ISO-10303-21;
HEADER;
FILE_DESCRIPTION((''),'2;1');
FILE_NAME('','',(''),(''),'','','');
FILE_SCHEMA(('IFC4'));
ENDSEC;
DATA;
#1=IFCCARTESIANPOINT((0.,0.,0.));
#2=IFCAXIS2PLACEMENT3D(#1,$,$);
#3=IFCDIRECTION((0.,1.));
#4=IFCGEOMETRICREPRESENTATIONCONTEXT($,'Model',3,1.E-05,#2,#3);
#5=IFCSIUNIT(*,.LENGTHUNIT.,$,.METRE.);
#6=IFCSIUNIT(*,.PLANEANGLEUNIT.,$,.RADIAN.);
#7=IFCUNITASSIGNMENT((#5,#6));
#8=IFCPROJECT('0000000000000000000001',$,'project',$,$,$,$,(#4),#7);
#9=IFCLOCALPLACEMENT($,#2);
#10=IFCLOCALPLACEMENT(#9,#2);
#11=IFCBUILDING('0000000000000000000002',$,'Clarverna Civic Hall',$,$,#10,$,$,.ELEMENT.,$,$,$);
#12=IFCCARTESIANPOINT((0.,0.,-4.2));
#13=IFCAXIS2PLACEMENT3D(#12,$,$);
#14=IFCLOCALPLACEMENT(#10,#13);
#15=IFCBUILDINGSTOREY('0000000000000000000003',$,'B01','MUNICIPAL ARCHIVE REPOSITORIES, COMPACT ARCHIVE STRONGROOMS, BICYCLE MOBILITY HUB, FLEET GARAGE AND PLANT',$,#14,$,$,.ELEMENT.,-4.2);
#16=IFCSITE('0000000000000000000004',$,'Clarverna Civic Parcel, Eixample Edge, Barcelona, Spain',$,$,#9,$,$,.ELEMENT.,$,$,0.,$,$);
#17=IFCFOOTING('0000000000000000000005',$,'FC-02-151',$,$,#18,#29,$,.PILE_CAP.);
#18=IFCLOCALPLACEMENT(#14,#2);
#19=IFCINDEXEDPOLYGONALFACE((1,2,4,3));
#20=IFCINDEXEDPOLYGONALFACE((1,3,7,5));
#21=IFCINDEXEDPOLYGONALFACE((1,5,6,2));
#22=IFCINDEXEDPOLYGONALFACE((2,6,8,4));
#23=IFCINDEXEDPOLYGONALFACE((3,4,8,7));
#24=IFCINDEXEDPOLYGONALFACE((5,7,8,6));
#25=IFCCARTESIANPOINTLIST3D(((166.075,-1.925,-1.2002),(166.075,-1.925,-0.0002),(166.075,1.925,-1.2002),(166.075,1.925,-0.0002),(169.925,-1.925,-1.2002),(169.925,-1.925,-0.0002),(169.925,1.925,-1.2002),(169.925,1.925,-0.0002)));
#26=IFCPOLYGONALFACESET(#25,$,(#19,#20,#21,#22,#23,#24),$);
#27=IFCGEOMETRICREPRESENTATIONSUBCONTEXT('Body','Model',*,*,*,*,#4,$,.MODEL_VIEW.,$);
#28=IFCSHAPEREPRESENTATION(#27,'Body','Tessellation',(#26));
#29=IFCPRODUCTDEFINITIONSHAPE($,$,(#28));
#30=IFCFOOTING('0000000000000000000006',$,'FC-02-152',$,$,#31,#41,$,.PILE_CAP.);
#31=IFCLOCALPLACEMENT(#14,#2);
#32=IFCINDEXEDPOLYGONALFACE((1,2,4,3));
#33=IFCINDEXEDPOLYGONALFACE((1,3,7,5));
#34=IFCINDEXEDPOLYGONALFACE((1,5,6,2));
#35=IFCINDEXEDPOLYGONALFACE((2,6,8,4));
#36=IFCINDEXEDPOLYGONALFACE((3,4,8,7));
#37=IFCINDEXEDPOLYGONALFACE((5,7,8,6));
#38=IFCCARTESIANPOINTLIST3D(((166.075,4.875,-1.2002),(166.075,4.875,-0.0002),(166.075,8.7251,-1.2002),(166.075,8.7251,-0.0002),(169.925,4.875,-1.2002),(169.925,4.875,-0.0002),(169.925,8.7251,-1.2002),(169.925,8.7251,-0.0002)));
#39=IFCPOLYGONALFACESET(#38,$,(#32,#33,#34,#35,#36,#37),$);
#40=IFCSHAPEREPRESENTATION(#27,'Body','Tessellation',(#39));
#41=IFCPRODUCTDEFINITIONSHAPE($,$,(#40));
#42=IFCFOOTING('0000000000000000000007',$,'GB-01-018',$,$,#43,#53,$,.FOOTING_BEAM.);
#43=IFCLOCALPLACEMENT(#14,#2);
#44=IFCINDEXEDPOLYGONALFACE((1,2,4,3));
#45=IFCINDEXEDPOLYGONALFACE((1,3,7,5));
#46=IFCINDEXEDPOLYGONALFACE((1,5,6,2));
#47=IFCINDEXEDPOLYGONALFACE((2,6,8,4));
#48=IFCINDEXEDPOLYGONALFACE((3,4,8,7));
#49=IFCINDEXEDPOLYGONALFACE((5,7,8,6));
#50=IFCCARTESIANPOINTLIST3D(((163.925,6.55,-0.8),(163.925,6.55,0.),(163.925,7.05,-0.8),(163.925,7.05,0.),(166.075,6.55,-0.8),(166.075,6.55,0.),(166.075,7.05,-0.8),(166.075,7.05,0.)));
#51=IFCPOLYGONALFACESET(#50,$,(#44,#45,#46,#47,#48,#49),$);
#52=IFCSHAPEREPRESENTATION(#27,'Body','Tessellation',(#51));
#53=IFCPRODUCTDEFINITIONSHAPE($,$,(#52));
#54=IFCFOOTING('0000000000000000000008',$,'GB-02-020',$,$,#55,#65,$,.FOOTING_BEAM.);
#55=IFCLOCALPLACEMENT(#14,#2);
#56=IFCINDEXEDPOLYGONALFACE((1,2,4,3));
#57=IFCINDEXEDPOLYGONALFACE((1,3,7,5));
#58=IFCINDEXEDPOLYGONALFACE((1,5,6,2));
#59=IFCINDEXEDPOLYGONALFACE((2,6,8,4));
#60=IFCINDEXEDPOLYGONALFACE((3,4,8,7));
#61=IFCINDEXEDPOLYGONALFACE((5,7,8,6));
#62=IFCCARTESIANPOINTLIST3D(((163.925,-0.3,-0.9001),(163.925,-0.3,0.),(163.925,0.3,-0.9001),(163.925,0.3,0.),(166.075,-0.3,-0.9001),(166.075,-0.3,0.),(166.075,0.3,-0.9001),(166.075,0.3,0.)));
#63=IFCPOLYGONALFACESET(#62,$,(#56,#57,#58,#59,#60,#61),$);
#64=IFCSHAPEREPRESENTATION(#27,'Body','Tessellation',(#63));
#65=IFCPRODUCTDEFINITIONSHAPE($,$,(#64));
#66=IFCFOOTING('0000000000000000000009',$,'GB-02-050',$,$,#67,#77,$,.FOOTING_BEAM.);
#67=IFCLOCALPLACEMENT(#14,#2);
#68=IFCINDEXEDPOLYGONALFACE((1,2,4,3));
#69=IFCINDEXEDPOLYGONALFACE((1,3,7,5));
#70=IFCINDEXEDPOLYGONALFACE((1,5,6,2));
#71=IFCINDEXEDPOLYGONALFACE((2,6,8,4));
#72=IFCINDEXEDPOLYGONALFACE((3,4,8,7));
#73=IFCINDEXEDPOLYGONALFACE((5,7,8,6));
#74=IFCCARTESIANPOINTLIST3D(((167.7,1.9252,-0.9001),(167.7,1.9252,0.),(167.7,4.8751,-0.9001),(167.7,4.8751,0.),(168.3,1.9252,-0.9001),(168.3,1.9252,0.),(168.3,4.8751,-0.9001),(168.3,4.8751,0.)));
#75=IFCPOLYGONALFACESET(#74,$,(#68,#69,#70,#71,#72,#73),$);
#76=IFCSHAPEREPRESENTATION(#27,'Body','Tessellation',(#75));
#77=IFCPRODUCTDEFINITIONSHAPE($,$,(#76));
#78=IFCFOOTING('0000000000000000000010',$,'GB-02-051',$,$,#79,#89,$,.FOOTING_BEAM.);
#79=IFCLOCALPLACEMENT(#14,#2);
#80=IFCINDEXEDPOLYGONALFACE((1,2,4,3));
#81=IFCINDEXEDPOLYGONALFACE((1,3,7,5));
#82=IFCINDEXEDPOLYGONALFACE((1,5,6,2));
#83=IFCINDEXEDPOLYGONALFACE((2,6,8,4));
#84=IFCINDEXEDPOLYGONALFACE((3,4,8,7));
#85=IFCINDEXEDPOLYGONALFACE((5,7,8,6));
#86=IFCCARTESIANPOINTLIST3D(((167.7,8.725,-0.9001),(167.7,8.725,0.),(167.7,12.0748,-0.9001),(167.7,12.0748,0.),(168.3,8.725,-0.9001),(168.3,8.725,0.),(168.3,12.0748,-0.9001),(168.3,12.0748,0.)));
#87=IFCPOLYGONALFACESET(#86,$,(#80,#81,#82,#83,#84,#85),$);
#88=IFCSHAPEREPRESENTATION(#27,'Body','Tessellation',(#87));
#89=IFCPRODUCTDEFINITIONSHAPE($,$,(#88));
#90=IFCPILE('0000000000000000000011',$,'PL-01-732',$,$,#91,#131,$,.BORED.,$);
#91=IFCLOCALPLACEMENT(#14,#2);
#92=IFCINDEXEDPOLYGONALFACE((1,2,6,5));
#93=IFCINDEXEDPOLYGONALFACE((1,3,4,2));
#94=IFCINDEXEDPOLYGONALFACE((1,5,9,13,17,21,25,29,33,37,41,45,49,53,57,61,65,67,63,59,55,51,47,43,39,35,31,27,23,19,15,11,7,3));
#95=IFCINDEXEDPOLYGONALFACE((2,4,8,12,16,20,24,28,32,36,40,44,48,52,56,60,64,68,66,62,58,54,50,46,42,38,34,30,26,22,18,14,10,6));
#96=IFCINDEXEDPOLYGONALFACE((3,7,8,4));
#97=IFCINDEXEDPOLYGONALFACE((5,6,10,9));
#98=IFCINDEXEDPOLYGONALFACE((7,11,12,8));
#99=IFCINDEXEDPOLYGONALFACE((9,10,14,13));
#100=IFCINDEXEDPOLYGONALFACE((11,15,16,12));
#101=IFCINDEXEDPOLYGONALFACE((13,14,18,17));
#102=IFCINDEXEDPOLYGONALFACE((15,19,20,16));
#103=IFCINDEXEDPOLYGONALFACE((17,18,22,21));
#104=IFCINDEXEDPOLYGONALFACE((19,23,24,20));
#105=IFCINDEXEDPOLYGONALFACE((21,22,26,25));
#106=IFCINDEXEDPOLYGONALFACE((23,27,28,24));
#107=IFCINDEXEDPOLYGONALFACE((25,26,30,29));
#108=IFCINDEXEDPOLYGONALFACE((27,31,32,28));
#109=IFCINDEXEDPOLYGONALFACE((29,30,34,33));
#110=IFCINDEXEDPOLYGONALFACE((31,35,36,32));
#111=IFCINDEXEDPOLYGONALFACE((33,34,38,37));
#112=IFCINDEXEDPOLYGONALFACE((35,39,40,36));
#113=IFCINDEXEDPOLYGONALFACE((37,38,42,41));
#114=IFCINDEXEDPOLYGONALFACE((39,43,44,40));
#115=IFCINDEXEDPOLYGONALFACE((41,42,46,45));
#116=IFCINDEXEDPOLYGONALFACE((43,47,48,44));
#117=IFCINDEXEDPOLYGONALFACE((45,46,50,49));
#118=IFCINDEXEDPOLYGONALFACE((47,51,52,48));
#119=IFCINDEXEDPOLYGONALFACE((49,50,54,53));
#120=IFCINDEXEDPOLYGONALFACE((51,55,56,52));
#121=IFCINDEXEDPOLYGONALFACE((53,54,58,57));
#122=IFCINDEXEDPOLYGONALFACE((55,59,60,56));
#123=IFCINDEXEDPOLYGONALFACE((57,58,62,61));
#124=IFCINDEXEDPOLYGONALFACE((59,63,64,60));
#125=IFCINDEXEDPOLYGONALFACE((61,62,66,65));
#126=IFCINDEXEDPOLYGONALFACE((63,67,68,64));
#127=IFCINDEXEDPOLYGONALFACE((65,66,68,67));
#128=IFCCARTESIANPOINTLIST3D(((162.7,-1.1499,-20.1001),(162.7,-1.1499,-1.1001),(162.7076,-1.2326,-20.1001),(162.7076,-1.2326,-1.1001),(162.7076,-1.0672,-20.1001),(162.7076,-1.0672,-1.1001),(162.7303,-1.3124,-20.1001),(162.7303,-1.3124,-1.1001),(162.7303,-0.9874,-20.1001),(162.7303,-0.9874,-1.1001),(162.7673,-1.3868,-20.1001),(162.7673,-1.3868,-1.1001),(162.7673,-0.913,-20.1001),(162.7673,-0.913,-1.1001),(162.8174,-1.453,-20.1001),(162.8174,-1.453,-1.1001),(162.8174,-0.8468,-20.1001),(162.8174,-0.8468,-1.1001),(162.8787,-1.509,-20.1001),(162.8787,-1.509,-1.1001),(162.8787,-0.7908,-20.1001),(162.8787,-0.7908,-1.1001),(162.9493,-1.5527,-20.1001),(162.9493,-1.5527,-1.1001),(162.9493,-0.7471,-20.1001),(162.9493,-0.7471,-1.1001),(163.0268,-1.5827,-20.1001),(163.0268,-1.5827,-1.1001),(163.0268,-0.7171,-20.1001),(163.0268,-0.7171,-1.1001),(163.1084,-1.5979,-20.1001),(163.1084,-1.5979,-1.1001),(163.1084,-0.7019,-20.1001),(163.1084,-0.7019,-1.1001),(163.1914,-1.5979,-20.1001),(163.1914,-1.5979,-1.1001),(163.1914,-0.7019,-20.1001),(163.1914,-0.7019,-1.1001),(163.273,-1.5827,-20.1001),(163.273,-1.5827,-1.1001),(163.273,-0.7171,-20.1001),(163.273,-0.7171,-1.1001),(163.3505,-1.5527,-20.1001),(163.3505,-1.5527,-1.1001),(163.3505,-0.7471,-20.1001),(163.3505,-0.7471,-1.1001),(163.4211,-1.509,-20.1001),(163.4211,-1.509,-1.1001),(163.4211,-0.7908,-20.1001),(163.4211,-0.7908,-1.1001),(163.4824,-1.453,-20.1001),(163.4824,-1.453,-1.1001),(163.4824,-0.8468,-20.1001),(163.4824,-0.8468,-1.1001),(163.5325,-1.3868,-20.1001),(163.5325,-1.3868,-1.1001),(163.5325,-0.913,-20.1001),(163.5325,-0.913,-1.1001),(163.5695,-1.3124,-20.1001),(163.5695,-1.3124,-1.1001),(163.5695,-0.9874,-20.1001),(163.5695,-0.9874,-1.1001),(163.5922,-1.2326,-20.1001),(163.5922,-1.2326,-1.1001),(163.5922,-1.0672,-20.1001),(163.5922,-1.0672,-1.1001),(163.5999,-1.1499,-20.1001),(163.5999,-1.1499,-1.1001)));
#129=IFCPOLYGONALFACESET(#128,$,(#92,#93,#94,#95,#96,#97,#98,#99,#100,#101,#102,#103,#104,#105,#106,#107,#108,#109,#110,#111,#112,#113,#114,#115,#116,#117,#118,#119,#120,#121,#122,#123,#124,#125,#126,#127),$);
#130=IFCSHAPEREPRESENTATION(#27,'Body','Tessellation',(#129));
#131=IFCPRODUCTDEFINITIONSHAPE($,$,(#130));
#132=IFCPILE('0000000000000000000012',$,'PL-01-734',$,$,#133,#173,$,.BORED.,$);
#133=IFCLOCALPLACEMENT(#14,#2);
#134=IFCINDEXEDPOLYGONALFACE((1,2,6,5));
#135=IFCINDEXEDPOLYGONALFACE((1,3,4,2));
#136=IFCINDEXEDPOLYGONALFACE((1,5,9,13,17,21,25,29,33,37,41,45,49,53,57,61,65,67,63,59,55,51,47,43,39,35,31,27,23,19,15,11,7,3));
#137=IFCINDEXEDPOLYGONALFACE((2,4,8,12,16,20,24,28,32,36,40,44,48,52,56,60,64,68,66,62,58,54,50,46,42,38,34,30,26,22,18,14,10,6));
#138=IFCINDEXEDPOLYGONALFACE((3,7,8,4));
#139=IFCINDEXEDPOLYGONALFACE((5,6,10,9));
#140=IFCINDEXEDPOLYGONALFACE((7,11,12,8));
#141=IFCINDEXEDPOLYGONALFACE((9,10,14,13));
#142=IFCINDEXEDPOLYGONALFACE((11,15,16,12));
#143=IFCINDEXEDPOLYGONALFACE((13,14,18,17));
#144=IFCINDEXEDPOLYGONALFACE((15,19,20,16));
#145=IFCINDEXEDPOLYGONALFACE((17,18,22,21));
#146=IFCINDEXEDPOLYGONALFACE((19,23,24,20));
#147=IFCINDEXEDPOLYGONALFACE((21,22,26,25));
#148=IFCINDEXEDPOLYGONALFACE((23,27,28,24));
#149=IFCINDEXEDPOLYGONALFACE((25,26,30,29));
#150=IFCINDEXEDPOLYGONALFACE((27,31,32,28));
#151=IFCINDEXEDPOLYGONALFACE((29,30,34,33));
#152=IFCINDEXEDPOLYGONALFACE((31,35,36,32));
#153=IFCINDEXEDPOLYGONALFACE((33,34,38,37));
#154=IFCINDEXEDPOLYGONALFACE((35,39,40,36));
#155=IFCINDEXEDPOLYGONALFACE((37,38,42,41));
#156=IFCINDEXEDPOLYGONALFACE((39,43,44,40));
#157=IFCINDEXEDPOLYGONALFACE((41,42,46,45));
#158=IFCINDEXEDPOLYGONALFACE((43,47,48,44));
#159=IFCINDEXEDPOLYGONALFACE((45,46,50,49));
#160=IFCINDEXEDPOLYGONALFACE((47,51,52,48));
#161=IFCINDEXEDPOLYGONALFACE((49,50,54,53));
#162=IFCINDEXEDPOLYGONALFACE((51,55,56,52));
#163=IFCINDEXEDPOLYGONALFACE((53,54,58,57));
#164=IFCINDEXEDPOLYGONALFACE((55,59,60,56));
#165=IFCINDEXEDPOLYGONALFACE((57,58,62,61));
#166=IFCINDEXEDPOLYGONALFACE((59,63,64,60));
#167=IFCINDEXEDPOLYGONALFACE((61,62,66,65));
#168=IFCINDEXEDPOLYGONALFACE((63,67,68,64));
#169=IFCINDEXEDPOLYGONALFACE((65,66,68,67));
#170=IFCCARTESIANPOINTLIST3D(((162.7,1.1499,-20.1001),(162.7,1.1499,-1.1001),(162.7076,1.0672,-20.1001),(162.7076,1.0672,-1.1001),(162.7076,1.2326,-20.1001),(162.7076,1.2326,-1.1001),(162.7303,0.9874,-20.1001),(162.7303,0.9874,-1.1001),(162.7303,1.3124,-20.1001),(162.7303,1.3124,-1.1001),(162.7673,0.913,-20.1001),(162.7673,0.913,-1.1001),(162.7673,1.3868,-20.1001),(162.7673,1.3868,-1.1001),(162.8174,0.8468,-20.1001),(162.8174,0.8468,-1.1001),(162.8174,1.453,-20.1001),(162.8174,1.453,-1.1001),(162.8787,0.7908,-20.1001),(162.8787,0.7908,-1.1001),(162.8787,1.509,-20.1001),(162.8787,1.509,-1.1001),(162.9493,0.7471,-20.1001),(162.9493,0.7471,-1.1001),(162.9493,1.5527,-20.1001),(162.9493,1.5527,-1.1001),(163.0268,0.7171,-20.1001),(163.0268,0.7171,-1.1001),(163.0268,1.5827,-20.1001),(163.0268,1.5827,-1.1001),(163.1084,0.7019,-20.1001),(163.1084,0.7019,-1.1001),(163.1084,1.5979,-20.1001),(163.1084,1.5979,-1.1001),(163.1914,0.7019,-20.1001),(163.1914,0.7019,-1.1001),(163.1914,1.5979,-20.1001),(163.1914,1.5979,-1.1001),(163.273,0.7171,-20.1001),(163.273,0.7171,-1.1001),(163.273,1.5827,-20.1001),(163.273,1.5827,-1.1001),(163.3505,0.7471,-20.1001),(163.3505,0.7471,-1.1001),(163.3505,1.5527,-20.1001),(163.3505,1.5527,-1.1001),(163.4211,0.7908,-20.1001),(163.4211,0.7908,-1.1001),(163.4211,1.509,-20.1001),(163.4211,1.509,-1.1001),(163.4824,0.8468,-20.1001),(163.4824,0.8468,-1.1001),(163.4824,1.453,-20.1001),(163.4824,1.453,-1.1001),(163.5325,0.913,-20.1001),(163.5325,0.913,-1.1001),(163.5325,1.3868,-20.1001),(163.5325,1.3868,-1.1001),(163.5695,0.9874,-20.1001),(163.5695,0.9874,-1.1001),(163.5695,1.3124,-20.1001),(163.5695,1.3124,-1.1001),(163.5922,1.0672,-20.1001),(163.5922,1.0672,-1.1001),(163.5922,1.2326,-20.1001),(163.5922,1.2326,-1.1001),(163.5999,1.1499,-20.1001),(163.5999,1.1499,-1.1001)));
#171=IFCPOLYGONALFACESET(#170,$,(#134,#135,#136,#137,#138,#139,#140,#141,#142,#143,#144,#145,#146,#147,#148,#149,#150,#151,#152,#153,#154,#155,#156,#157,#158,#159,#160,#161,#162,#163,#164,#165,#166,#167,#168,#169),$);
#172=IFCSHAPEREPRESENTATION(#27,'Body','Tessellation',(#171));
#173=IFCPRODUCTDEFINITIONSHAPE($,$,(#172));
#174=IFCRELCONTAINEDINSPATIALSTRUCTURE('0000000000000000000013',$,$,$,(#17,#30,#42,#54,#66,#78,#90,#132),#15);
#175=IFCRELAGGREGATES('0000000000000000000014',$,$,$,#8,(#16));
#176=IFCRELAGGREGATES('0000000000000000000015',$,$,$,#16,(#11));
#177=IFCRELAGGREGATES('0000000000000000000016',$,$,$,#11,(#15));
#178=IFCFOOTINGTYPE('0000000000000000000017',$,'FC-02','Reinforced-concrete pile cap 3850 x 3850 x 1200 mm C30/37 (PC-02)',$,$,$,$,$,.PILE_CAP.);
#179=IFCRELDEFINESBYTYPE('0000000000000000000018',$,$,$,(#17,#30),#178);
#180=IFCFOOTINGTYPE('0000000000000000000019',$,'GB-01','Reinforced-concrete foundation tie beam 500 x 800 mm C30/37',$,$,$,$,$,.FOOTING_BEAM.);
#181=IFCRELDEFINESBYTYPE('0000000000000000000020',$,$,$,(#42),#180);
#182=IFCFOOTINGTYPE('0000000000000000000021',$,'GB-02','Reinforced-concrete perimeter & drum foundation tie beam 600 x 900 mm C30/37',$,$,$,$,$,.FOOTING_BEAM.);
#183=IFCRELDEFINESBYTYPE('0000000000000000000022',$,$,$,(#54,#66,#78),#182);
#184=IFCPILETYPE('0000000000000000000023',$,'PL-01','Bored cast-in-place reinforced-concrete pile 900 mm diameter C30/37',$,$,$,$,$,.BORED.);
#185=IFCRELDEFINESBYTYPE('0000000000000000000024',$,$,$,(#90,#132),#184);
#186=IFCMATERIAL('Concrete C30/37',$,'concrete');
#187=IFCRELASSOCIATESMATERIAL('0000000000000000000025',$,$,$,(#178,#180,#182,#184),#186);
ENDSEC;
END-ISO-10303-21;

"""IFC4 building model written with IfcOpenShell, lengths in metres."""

from ifc_helpers import new_model, si_unit, direction, frame, frame_2d, origin, origin_2d, place, context, subcontext, project, spatial, rectangle, circle, extrude, material, material_profile, profile_set, type_object, element, save


model = new_model("IFC4")

# Units and contexts
model_context = context("Model", 3, precision=1e-05, world=origin(), true_north=direction((0.0, 1.0)))
body_context = subcontext(model_context, "Body", "Model", "MODEL_VIEW")
ifc_project = project(units=[si_unit("LENGTHUNIT", "METRE"), si_unit("PLANEANGLEUNIT", "RADIAN")], contexts=[model_context])

# Site, building, storey
site_placement = place(None, origin())
site = spatial("IfcSite", under=ifc_project, at=site_placement, Name="Clarverna Civic Parcel, Eixample Edge, Barcelona, Spain", CompositionType="ELEMENT", RefElevation=0.0)
building_placement = place(site_placement, origin())
building = spatial("IfcBuilding", under=site, at=building_placement, Name="Clarverna Civic Hall", CompositionType="ELEMENT")
storey_placement = place(building_placement, frame((0.0, 0.0, -4.2)))
storey = spatial("IfcBuildingStorey", under=building, at=storey_placement, Name="B01", Description="MUNICIPAL ARCHIVE REPOSITORIES, COMPACT ARCHIVE STRONGROOMS, BICYCLE MOBILITY HUB, FLEET GARAGE AND PLANT", CompositionType="ELEMENT", Elevation=-4.2)

# Footings
ifc_material_1 = material(Name="Concrete C30/37", Category="concrete")
footing_type_1 = type_object("IfcFootingType", Name="FC-02", Description="Reinforced-concrete pile cap 3850 x 3850 x 1200 mm C30/37 (PC-02)", PredefinedType="PILE_CAP", material=ifc_material_1)
for number, where, z_axis, x_axis, name in (
    (1, (168.0, 0.0, -1.2002), (0.0, 0.0, 1.0), (1.0, 0.0, 0.0), "FC-02-151"),
    (2, (168.0, 6.8, -1.2002), (0.0, 0.0, 1.0), (1.0, 0.0, 0.0), "FC-02-152"),
):
    element("IfcFooting", number, at=place(storey_placement, frame(where, z_axis=z_axis, x_axis=x_axis)), inside=storey, type_object=footing_type_1, Name=name, PredefinedType="PILE_CAP", context=body_context, shape_type="SweptSolid", body=[
        extrude(rectangle(XDim=3.8501, YDim=3.8501, at=origin_2d()), origin(), (0.0, 0.0, 1.0), 1.2),
    ])
footing_type_2 = type_object("IfcFootingType", Name="GB-01", Description="Reinforced-concrete foundation tie beam 500 x 800 mm C30/37", PredefinedType="FOOTING_BEAM", material=ifc_material_1)
footing_1_placement = place(storey_placement, frame((163.925, 6.8, -0.8), z_axis=(0.0, 0.0, 1.0), x_axis=(1.0, 0.0, 0.0)))
element("IfcFooting", 3, at=footing_1_placement, inside=storey, type_object=footing_type_2, Name="GB-01-018", PredefinedType="FOOTING_BEAM", context=body_context, shape_type="SweptSolid", body=[
    extrude(rectangle(XDim=2.1499, YDim=0.5, at=frame_2d((1.075, 0.0))), origin(), (0.0, 0.0, 1.0), 0.8),
])
footing_type_3 = type_object("IfcFootingType", Name="GB-02", Description="Reinforced-concrete perimeter & drum foundation tie beam 600 x 900 mm C30/37", PredefinedType="FOOTING_BEAM", material=ifc_material_1)
footing_2_placement = place(storey_placement, frame((163.925, 0.0, -0.9001), z_axis=(0.0, 0.0, 1.0), x_axis=(1.0, 0.0, 0.0)))
element("IfcFooting", 4, at=footing_2_placement, inside=storey, type_object=footing_type_3, Name="GB-02-020", PredefinedType="FOOTING_BEAM", context=body_context, shape_type="SweptSolid", body=[
    extrude(rectangle(XDim=2.1499, YDim=0.6001, at=frame_2d((1.075, 0.0))), origin(), (0.0, 0.0, 1.0), 0.9001),
])
footing_3_placement = place(storey_placement, frame((168.0, 1.925, -0.9001), z_axis=(0.0, 0.0, 1.0), x_axis=(0.0, 1.0, 0.0)))
element("IfcFooting", 5, at=footing_3_placement, inside=storey, type_object=footing_type_3, Name="GB-02-050", PredefinedType="FOOTING_BEAM", context=body_context, shape_type="SweptSolid", body=[
    extrude(rectangle(XDim=2.95, YDim=0.6001, at=frame_2d((1.4751, 0.0))), origin(), (0.0, 0.0, 1.0), 0.9001),
])
footing_4_placement = place(storey_placement, frame((168.0, 8.7251, -0.9001), z_axis=(0.0, 0.0, 1.0), x_axis=(0.0, 1.0, 0.0)))
element("IfcFooting", 6, at=footing_4_placement, inside=storey, type_object=footing_type_3, Name="GB-02-051", PredefinedType="FOOTING_BEAM", context=body_context, shape_type="SweptSolid", body=[
    extrude(rectangle(XDim=3.3499, YDim=0.6001, at=frame_2d((1.6748, 0.0))), origin(), (0.0, 0.0, 1.0), 0.9001),
])

# Piles
ifc_material_profile_1 = material_profile(ifc_material_1, circle(Radius=0.45, at=origin_2d()), Name="BORED PILE D900")
ifc_profile_set_1 = profile_set([ifc_material_profile_1], Name="Concrete C30/37")
pile_type = type_object("IfcPileType", Name="PL-01", Description="Bored cast-in-place reinforced-concrete pile 900 mm diameter C30/37", PredefinedType="BORED", material=ifc_profile_set_1)
for number, where, z_axis, x_axis, name in (
    (7, (163.1499, -1.1499, -1.1001), (0.0, 0.0, -1.0), (1.0, 0.0, 0.0), "PL-01-732"),
    (8, (163.1499, 1.1499, -1.1001), (0.0, 0.0, -1.0), (1.0, 0.0, 0.0), "PL-01-734"),
):
    element("IfcPile", number, at=place(storey_placement, frame(where, z_axis=z_axis, x_axis=x_axis)), inside=storey, type_object=pile_type, Name=name, PredefinedType="BORED", context=body_context, shape_type="SweptSolid", body=[
        extrude(circle(Radius=0.45, at=origin_2d()), origin(), (0.0, 0.0, 1.0), 19.0),
    ])

save(model, "model.ifc")
